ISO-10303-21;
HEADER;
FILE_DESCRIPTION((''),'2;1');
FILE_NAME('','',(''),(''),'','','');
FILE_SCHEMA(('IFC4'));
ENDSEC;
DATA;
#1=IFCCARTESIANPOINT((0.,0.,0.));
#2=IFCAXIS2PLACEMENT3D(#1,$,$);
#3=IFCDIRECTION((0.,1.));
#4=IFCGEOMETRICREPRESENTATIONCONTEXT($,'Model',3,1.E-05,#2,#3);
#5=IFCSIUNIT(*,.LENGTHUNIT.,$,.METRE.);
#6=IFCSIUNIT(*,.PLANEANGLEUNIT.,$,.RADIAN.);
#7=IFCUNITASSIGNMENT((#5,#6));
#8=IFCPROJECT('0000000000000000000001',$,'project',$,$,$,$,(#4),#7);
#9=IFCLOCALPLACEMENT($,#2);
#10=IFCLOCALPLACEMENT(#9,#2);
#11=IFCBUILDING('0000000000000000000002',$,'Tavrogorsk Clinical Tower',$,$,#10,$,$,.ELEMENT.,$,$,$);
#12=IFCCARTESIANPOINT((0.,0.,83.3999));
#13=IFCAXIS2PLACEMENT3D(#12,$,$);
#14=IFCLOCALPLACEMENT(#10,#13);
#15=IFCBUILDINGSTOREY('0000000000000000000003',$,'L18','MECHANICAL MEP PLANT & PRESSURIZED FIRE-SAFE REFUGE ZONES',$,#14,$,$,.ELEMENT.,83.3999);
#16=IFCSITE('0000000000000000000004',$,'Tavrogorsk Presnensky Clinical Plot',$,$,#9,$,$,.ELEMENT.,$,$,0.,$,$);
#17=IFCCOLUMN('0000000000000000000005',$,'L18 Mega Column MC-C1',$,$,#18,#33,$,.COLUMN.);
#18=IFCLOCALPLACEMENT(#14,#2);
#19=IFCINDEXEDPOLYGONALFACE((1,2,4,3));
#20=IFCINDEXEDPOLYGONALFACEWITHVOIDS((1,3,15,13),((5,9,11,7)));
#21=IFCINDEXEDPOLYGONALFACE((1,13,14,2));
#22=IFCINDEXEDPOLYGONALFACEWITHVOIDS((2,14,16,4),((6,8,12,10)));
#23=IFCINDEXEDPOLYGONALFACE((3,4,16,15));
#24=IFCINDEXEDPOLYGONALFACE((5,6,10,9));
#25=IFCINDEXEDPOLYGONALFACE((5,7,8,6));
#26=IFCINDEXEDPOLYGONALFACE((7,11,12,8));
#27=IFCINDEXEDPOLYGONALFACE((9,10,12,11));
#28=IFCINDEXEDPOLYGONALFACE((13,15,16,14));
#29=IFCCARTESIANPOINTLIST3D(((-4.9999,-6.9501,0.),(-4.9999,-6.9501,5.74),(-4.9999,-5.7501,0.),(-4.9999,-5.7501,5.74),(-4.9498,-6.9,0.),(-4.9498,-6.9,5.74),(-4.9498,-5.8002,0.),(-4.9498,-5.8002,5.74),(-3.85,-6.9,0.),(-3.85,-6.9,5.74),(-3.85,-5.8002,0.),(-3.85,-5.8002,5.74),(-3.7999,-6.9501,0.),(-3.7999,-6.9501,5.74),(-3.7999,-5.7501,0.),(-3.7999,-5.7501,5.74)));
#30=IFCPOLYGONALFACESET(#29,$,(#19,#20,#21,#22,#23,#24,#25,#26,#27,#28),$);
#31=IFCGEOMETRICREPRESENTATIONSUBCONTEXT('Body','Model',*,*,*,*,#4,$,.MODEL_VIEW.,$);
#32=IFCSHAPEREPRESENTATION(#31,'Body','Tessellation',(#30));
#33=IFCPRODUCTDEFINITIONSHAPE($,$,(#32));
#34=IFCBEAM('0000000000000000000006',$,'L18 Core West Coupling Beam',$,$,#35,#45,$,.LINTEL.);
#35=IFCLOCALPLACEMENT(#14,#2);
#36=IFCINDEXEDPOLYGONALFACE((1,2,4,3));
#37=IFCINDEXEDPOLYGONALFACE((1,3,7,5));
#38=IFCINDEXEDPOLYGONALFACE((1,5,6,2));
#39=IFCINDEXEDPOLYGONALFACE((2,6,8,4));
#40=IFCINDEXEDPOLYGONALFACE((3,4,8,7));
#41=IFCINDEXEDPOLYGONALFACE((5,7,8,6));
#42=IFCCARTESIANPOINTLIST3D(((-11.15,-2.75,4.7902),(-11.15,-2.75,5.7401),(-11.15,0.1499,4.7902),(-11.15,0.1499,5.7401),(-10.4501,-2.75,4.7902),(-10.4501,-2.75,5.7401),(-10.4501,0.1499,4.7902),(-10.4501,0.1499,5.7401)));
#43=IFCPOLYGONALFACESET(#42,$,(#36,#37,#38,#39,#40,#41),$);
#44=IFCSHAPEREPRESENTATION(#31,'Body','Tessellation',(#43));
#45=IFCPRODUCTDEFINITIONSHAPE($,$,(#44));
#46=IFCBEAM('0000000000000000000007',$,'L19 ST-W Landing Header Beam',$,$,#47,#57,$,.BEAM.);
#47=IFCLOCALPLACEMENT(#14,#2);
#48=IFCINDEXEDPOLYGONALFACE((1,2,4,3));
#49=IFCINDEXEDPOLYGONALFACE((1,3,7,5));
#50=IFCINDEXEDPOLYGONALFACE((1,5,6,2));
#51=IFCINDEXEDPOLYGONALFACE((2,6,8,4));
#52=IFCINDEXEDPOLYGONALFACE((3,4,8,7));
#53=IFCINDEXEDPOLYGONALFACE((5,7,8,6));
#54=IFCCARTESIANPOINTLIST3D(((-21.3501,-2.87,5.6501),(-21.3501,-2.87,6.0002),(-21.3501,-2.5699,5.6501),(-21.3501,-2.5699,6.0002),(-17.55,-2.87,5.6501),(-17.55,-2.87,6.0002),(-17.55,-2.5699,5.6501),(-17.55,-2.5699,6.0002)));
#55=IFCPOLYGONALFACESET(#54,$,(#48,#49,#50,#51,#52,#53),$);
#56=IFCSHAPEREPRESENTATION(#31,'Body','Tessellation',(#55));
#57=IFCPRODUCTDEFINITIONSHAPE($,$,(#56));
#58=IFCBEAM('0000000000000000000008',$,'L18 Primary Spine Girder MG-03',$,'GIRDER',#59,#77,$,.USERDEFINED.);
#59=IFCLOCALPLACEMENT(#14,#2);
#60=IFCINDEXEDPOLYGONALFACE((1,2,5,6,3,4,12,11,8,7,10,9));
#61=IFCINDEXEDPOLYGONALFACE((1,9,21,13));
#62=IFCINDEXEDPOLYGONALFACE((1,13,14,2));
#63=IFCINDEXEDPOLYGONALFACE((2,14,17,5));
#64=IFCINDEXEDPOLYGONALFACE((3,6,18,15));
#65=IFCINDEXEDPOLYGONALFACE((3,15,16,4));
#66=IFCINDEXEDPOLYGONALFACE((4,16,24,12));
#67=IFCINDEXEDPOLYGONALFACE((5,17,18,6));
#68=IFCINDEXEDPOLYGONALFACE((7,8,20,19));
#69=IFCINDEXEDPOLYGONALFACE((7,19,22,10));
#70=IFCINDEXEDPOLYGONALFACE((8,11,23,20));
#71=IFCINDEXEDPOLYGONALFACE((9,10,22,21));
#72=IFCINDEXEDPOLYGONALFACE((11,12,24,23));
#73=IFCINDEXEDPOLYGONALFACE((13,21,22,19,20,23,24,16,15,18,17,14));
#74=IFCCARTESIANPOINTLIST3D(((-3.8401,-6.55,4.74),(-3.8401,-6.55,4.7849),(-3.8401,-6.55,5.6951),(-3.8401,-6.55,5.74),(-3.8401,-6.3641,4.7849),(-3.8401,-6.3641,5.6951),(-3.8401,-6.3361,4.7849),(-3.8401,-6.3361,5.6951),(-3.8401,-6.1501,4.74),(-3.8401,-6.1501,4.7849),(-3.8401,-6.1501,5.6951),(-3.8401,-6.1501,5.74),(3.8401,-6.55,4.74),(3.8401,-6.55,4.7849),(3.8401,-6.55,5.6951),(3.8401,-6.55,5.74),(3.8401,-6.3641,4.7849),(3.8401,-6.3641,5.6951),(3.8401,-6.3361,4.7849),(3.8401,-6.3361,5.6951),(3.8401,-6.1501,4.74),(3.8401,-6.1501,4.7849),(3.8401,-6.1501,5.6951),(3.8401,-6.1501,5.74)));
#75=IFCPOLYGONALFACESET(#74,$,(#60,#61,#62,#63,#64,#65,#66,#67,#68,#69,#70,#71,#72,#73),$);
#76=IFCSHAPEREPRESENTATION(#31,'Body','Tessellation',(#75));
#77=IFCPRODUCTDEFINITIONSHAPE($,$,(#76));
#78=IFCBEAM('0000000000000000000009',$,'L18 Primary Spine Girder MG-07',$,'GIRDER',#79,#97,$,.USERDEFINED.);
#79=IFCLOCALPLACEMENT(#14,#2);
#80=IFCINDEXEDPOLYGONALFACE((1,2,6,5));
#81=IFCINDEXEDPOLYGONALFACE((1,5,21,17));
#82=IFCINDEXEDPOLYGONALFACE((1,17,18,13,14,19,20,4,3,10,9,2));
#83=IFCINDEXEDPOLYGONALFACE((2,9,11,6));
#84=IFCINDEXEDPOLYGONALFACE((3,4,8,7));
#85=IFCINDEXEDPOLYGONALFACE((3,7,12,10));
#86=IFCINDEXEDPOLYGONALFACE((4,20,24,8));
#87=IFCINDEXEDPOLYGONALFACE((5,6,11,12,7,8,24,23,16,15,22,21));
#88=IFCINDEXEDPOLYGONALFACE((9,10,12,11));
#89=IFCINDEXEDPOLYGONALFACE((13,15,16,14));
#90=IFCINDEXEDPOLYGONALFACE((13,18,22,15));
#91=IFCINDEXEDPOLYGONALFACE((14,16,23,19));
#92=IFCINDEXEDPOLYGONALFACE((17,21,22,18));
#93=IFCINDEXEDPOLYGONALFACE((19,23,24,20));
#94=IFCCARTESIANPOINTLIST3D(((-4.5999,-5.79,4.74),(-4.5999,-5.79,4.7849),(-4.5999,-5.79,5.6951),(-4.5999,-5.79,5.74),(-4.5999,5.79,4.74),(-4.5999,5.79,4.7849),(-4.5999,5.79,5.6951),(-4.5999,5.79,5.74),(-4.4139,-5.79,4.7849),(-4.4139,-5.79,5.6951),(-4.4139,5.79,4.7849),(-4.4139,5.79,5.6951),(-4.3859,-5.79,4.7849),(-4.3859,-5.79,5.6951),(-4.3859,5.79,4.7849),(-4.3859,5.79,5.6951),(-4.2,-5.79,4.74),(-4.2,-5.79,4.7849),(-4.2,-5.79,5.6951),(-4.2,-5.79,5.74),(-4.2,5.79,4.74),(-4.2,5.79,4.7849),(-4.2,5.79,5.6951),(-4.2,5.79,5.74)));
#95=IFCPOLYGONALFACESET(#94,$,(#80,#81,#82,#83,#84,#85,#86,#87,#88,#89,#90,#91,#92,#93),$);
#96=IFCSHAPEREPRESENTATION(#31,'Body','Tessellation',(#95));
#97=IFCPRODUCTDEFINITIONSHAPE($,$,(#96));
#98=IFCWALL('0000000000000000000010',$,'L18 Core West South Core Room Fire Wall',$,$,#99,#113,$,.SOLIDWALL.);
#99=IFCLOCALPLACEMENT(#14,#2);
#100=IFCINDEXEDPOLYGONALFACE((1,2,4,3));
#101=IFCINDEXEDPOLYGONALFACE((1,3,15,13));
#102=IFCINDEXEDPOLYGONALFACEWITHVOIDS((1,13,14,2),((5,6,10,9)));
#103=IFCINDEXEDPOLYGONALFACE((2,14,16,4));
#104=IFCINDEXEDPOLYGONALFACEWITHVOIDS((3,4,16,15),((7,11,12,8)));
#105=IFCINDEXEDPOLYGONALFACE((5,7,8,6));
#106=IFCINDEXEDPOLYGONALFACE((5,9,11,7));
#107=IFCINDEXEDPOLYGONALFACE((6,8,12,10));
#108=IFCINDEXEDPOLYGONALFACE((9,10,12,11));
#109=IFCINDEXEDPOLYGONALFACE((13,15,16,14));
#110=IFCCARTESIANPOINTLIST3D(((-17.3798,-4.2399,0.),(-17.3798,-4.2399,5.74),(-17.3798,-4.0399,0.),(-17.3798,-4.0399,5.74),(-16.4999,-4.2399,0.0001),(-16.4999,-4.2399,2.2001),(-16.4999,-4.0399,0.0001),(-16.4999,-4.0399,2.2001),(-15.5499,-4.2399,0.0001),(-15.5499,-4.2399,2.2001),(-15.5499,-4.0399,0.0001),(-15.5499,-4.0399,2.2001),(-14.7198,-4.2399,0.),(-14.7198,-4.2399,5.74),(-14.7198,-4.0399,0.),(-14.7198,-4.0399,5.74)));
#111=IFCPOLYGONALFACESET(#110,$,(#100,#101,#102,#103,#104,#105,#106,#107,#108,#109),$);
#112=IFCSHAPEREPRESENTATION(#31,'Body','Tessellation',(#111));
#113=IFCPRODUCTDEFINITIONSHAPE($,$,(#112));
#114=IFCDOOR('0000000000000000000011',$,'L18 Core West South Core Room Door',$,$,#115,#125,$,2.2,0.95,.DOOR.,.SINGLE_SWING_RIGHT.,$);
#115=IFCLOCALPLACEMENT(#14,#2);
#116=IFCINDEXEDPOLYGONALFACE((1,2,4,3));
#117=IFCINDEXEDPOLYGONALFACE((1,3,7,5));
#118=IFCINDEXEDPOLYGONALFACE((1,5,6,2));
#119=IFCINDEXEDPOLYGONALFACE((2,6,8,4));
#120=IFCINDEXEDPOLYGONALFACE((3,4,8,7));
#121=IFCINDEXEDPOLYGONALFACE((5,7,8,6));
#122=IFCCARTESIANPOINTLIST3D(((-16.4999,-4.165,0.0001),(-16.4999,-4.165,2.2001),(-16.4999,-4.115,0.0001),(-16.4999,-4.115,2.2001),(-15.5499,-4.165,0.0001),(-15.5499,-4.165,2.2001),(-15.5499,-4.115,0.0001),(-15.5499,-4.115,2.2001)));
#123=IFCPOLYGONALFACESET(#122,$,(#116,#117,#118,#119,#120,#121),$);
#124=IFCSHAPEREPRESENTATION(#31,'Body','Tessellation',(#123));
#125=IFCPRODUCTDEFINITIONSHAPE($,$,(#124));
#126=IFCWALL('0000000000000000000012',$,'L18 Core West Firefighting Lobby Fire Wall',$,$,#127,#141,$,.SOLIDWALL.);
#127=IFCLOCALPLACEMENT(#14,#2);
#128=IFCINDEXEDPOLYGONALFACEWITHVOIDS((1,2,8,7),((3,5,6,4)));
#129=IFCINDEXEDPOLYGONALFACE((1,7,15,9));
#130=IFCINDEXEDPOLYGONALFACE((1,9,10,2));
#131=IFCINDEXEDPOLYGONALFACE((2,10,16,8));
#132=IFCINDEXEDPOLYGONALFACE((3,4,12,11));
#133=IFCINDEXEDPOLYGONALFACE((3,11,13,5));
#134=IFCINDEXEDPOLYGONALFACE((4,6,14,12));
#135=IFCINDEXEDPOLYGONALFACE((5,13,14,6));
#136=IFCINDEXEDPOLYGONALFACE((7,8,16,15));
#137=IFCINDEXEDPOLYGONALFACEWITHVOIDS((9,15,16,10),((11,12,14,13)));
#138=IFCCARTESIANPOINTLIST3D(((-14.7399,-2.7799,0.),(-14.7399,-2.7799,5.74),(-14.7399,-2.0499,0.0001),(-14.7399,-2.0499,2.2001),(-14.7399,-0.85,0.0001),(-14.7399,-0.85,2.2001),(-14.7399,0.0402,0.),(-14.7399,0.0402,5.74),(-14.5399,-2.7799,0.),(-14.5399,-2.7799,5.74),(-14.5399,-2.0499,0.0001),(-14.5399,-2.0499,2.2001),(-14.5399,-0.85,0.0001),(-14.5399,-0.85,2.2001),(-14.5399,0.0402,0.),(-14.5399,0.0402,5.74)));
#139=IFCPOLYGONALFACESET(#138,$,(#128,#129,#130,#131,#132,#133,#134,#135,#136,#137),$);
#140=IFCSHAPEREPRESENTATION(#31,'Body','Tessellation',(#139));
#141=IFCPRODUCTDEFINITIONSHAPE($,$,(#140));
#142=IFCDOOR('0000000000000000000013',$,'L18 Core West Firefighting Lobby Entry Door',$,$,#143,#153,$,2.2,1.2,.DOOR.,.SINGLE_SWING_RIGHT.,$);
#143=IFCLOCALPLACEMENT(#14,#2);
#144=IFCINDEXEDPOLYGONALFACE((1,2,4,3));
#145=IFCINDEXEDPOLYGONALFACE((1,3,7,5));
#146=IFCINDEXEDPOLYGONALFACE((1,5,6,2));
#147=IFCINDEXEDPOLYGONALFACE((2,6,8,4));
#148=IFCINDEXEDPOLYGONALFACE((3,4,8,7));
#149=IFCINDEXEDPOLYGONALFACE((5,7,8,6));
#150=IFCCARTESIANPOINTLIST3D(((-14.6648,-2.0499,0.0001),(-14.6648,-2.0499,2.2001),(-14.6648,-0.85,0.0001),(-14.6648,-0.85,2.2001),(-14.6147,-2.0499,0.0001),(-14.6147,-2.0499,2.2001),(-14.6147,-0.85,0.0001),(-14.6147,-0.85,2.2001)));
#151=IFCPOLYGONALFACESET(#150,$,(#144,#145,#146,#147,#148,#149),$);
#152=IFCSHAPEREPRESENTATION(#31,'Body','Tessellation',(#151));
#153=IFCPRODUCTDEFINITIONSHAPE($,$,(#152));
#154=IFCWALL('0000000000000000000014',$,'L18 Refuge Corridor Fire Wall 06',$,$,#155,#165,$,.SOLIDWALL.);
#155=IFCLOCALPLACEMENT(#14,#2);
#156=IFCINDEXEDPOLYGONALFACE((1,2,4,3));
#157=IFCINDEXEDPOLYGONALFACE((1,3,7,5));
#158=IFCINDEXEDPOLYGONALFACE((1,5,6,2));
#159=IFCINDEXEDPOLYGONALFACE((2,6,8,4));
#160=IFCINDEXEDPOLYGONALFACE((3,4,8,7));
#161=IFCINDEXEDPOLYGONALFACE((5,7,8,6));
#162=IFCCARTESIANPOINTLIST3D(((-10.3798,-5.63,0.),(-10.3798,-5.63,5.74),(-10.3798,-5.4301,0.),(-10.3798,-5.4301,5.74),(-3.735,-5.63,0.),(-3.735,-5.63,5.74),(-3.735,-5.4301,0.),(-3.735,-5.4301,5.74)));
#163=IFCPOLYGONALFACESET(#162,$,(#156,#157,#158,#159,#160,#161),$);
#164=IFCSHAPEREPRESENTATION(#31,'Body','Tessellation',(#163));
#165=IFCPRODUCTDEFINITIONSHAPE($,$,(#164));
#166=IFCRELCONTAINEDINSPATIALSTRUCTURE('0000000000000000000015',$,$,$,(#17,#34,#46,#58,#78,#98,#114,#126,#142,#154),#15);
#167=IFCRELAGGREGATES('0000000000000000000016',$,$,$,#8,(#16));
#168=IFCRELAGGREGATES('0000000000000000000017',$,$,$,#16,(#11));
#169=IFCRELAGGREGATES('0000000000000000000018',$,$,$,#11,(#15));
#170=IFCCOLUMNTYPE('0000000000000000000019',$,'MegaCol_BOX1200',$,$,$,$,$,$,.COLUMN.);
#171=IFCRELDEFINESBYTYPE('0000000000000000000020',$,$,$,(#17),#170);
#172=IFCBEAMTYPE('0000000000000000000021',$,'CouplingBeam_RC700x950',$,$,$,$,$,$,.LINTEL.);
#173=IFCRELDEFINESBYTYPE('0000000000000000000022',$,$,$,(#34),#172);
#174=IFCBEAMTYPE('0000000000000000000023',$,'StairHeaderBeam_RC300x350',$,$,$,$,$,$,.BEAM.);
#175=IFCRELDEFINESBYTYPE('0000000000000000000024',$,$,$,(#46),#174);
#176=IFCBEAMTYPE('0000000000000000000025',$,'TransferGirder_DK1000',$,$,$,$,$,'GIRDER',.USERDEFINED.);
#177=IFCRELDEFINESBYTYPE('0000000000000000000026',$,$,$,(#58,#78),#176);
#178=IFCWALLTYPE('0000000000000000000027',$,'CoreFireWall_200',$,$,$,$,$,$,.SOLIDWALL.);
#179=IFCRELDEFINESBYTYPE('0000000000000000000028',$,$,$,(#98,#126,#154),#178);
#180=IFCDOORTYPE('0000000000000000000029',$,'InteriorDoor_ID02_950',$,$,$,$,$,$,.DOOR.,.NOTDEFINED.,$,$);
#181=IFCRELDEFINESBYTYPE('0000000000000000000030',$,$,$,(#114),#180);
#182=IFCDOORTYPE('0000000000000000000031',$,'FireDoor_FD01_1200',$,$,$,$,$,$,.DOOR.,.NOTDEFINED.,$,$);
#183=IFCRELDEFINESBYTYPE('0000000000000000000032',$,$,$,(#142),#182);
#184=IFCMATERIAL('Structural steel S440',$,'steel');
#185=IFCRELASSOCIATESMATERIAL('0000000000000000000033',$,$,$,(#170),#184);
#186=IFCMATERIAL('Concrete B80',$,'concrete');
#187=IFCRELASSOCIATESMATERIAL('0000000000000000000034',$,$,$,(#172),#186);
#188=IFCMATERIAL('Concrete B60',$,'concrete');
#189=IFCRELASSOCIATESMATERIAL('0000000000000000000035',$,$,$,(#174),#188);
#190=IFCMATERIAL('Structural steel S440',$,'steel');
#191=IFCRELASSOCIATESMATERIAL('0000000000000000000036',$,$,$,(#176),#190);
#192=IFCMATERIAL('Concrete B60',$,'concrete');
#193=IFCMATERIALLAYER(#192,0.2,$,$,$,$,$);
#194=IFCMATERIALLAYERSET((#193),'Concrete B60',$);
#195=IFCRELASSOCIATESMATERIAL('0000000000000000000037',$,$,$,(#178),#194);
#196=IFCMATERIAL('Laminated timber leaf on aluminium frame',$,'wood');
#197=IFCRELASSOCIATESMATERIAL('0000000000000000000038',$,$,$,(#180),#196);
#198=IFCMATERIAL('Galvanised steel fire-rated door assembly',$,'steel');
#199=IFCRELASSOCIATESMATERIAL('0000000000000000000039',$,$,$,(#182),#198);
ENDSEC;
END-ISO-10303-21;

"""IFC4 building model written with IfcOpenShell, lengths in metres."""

from ifc_helpers import new_model, si_unit, direction, frame, frame_2d, origin, origin_2d, place, context, subcontext, project, spatial, rectangle, hollow_rectangle, i_section, extrude, material, layer, layer_set, material_profile, profile_set, type_object, element, fill, save


model = new_model("IFC4")

# Units and contexts
model_context = context("Model", 3, precision=1e-05, world=origin(), true_north=direction((0.0, 1.0)))
body_context = subcontext(model_context, "Body", "Model", "MODEL_VIEW")
ifc_project = project(units=[si_unit("LENGTHUNIT", "METRE"), si_unit("PLANEANGLEUNIT", "RADIAN")], contexts=[model_context])

# Site, building, storey
site_placement = place(None, origin())
site = spatial("IfcSite", under=ifc_project, at=site_placement, Name="Tavrogorsk Presnensky Clinical Plot", CompositionType="ELEMENT", RefElevation=0.0)
building_placement = place(site_placement, origin())
building = spatial("IfcBuilding", under=site, at=building_placement, Name="Tavrogorsk Clinical Tower", CompositionType="ELEMENT")
storey_placement = place(building_placement, frame((0.0, 0.0, 83.3999)))
storey = spatial("IfcBuildingStorey", under=building, at=storey_placement, Name="L18", Description="MECHANICAL MEP PLANT & PRESSURIZED FIRE-SAFE REFUGE ZONES", CompositionType="ELEMENT", Elevation=83.3999)

# Column
ifc_material_1 = material(Name="Structural steel S440", Category="steel")
ifc_material_profile_1 = material_profile(ifc_material_1, hollow_rectangle(XDim=1.2, YDim=1.2, WallThickness=0.05, at=origin_2d()), Name="BOX-1200x1200x50")
ifc_profile_set_1 = profile_set([ifc_material_profile_1], Name="Structural steel S440")
column_type = type_object("IfcColumnType", Name="MegaCol_BOX1200", PredefinedType="COLUMN", material=ifc_profile_set_1)
column_placement = place(storey_placement, frame((-4.3999, -6.3501, 0.0), z_axis=(0.0, 0.0, 1.0), x_axis=(1.0, 0.0, 0.0)))
element("IfcColumn", 1, at=column_placement, inside=storey, type_object=column_type, Name="L18 Mega Column MC-C1", PredefinedType="COLUMN", context=body_context, shape_type="SweptSolid", body=[
    extrude(hollow_rectangle(XDim=1.2, YDim=1.2, WallThickness=0.05, at=origin_2d()), origin(), (0.0, 0.0, 1.0), 5.74),
])

# Beams
ifc_material_2 = material(Name="Concrete B80", Category="concrete")
ifc_material_profile_2 = material_profile(ifc_material_2, rectangle(XDim=0.7, YDim=0.95, at=origin_2d()), Name="RC-CB-700x950")
ifc_profile_set_2 = profile_set([ifc_material_profile_2], Name="Concrete B80")
beam_type_1 = type_object("IfcBeamType", Name="CouplingBeam_RC700x950", PredefinedType="LINTEL", material=ifc_profile_set_2)
beam_1_placement = place(storey_placement, frame((-10.8, -2.75, 5.2651), z_axis=(0.0, 1.0, 0.0), x_axis=(-1.0, 0.0, 0.0)))
element("IfcBeam", 2, at=beam_1_placement, inside=storey, type_object=beam_type_1, Name="L18 Core West Coupling Beam", PredefinedType="LINTEL", context=body_context, shape_type="SweptSolid", body=[
    extrude(rectangle(XDim=0.7, YDim=0.95, at=origin_2d()), origin(), (0.0, 0.0, 1.0), 2.8999),
])
ifc_material_3 = material(Name="Concrete B60", Category="concrete")
ifc_material_profile_3 = material_profile(ifc_material_3, rectangle(XDim=0.3, YDim=0.3501, at=origin_2d()), Name="RC-SHB-300x350")
ifc_profile_set_3 = profile_set([ifc_material_profile_3], Name="Concrete B60")
beam_type_2 = type_object("IfcBeamType", Name="StairHeaderBeam_RC300x350", PredefinedType="BEAM", material=ifc_profile_set_3)
beam_2_placement = place(storey_placement, frame((-21.3501, -2.72, 5.8252), z_axis=(1.0, 0.0, 0.0), x_axis=(0.0, 1.0, 0.0)))
element("IfcBeam", 3, at=beam_2_placement, inside=storey, type_object=beam_type_2, Name="L19 ST-W Landing Header Beam", PredefinedType="BEAM", context=body_context, shape_type="SweptSolid", body=[
    extrude(rectangle(XDim=0.3, YDim=0.3501, at=origin_2d()), origin(), (0.0, 0.0, 1.0), 3.8),
])
ifc_material_4 = material(Name="Structural steel S440", Category="steel")
ifc_material_profile_4 = material_profile(ifc_material_4, i_section(OverallWidth=0.3999, OverallDepth=1.0, WebThickness=0.0281, FlangeThickness=0.0449, at=origin_2d()), Name="DK-1000x400x28x45")
ifc_profile_set_4 = profile_set([ifc_material_profile_4], Name="Structural steel S440")
beam_type_3 = type_object("IfcBeamType", Name="TransferGirder_DK1000", ElementType="GIRDER", PredefinedType="USERDEFINED", material=ifc_profile_set_4)
beam_3_placement = place(storey_placement, frame((-3.8401, -6.3501, 5.24), z_axis=(1.0, 0.0, 0.0), x_axis=(0.0, 1.0, 0.0)))
element("IfcBeam", 4, at=beam_3_placement, inside=storey, type_object=beam_type_3, Name="L18 Primary Spine Girder MG-03", ObjectType="GIRDER", PredefinedType="USERDEFINED", context=body_context, shape_type="SweptSolid", body=[
    extrude(i_section(OverallWidth=0.3999, OverallDepth=1.0, WebThickness=0.0281, FlangeThickness=0.0449, at=origin_2d()), origin(), (0.0, 0.0, 1.0), 7.6802),
])
beam_4_placement = place(storey_placement, frame((-4.3999, -5.79, 5.24), z_axis=(0.0, 1.0, 0.0), x_axis=(-1.0, 0.0, 0.0)))
element("IfcBeam", 5, at=beam_4_placement, inside=storey, type_object=beam_type_3, Name="L18 Primary Spine Girder MG-07", ObjectType="GIRDER", PredefinedType="USERDEFINED", context=body_context, shape_type="SweptSolid", body=[
    extrude(i_section(OverallWidth=0.3999, OverallDepth=1.0, WebThickness=0.0281, FlangeThickness=0.0449, at=origin_2d()), origin(), (0.0, 0.0, 1.0), 11.5801),
])

# Walls, openings, doors
ifc_material_5 = material(Name="Concrete B60", Category="concrete")
ifc_layer_1 = layer(ifc_material_5, 0.2)
ifc_layer_set_1 = layer_set([ifc_layer_1], Name="Concrete B60")
wall_type_1 = type_object("IfcWallType", Name="CoreFireWall_200", PredefinedType="SOLIDWALL", material=ifc_layer_set_1)
wall_1_placement = place(storey_placement, frame((-17.3799, -4.1399, 0.0), z_axis=(0.0, 0.0, 1.0), x_axis=(1.0, 0.0, 0.0)))
wall_1 = element("IfcWall", 6, at=wall_1_placement, inside=storey, type_object=wall_type_1, Name="L18 Core West South Core Room Fire Wall", PredefinedType="SOLIDWALL", context=body_context, shape_type="SweptSolid", body=[
    extrude(rectangle(XDim=2.6599, YDim=0.2, at=frame_2d((1.3301, 0.0))), origin(), (0.0, 0.0, 1.0), 5.74),
])
opening_1_placement = place(wall_1_placement, frame((0.8799, 0.0, 0.0)))
opening_1 = element("IfcOpeningElement", 7, at=opening_1_placement, cuts=wall_1, PredefinedType="OPENING", context=body_context, shape_type="SweptSolid", body=[
    extrude(rectangle(XDim=0.95, YDim=2.2, at=frame_2d((0.4751, 1.1001))), frame((0.0, 0.1099, 0.0), z_axis=(0.0, -1.0, 0.0), x_axis=(1.0, 0.0, 0.0)), (0.0, 0.0, 1.0), 0.22),
])
ifc_material_6 = material(Name="Laminated timber leaf on aluminium frame", Category="wood")
door_type_1 = type_object("IfcDoorType", Name="InteriorDoor_ID02_950", OperationType="NOTDEFINED", PredefinedType="DOOR", material=ifc_material_6)
door_1_placement = place(opening_1_placement, origin())
door_1 = element("IfcDoor", 8, at=door_1_placement, inside=storey, type_object=door_type_1, Name="L18 Core West South Core Room Door", OperationType="SINGLE_SWING_RIGHT", OverallHeight=2.2, OverallWidth=0.95, PredefinedType="DOOR", context=body_context, shape_type="SweptSolid", body=[
    extrude(rectangle(XDim=0.95, YDim=2.2, at=frame_2d((0.4751, 1.1001))), frame((0.0, 0.0249, 0.0), z_axis=(0.0, -1.0, 0.0), x_axis=(1.0, 0.0, 0.0)), (0.0, 0.0, 1.0), 0.05),
])
fill(opening_1, door_1)
wall_2_placement = place(storey_placement, frame((-14.6399, -2.78, 0.0), z_axis=(0.0, 0.0, 1.0), x_axis=(0.0, 1.0, 0.0)))
wall_2 = element("IfcWall", 9, at=wall_2_placement, inside=storey, type_object=wall_type_1, Name="L18 Core West Firefighting Lobby Fire Wall", PredefinedType="SOLIDWALL", context=body_context, shape_type="SweptSolid", body=[
    extrude(rectangle(XDim=2.8201, YDim=0.2, at=frame_2d((1.4102, 0.0))), origin(), (0.0, 0.0, 1.0), 5.74),
])
opening_2_placement = place(wall_2_placement, frame((0.73, 0.0, 0.0)))
opening_2 = element("IfcOpeningElement", 10, at=opening_2_placement, cuts=wall_2, PredefinedType="OPENING", context=body_context, shape_type="SweptSolid", body=[
    extrude(rectangle(XDim=1.2, YDim=2.2, at=frame_2d((0.6001, 1.1001))), frame((0.0, 0.1099, 0.0), z_axis=(0.0, -1.0, 0.0), x_axis=(1.0, 0.0, 0.0)), (0.0, 0.0, 1.0), 0.22),
])
ifc_material_7 = material(Name="Galvanised steel fire-rated door assembly", Category="steel")
door_type_2 = type_object("IfcDoorType", Name="FireDoor_FD01_1200", OperationType="NOTDEFINED", PredefinedType="DOOR", material=ifc_material_7)
door_2_placement = place(opening_2_placement, origin())
door_2 = element("IfcDoor", 11, at=door_2_placement, inside=storey, type_object=door_type_2, Name="L18 Core West Firefighting Lobby Entry Door", OperationType="SINGLE_SWING_RIGHT", OverallHeight=2.2, OverallWidth=1.2, PredefinedType="DOOR", context=body_context, shape_type="SweptSolid", body=[
    extrude(rectangle(XDim=1.2, YDim=2.2, at=frame_2d((0.6001, 1.1001))), frame((0.0, 0.0249, 0.0), z_axis=(0.0, -1.0, 0.0), x_axis=(1.0, 0.0, 0.0)), (0.0, 0.0, 1.0), 0.05),
])
fill(opening_2, door_2)

# Wall
wall_3_placement = place(storey_placement, frame((-3.7351, -5.53, 0.0), z_axis=(0.0, 0.0, 1.0), x_axis=(-1.0, 0.0, 0.0)))
element("IfcWall", 12, at=wall_3_placement, inside=storey, type_object=wall_type_1, Name="L18 Refuge Corridor Fire Wall 06", PredefinedType="SOLIDWALL", context=body_context, shape_type="SweptSolid", body=[
    extrude(rectangle(XDim=6.6448, YDim=0.2, at=frame_2d((3.3223, 0.0))), origin(), (0.0, 0.0, 1.0), 5.74),
])

save(model, "model.ifc")
